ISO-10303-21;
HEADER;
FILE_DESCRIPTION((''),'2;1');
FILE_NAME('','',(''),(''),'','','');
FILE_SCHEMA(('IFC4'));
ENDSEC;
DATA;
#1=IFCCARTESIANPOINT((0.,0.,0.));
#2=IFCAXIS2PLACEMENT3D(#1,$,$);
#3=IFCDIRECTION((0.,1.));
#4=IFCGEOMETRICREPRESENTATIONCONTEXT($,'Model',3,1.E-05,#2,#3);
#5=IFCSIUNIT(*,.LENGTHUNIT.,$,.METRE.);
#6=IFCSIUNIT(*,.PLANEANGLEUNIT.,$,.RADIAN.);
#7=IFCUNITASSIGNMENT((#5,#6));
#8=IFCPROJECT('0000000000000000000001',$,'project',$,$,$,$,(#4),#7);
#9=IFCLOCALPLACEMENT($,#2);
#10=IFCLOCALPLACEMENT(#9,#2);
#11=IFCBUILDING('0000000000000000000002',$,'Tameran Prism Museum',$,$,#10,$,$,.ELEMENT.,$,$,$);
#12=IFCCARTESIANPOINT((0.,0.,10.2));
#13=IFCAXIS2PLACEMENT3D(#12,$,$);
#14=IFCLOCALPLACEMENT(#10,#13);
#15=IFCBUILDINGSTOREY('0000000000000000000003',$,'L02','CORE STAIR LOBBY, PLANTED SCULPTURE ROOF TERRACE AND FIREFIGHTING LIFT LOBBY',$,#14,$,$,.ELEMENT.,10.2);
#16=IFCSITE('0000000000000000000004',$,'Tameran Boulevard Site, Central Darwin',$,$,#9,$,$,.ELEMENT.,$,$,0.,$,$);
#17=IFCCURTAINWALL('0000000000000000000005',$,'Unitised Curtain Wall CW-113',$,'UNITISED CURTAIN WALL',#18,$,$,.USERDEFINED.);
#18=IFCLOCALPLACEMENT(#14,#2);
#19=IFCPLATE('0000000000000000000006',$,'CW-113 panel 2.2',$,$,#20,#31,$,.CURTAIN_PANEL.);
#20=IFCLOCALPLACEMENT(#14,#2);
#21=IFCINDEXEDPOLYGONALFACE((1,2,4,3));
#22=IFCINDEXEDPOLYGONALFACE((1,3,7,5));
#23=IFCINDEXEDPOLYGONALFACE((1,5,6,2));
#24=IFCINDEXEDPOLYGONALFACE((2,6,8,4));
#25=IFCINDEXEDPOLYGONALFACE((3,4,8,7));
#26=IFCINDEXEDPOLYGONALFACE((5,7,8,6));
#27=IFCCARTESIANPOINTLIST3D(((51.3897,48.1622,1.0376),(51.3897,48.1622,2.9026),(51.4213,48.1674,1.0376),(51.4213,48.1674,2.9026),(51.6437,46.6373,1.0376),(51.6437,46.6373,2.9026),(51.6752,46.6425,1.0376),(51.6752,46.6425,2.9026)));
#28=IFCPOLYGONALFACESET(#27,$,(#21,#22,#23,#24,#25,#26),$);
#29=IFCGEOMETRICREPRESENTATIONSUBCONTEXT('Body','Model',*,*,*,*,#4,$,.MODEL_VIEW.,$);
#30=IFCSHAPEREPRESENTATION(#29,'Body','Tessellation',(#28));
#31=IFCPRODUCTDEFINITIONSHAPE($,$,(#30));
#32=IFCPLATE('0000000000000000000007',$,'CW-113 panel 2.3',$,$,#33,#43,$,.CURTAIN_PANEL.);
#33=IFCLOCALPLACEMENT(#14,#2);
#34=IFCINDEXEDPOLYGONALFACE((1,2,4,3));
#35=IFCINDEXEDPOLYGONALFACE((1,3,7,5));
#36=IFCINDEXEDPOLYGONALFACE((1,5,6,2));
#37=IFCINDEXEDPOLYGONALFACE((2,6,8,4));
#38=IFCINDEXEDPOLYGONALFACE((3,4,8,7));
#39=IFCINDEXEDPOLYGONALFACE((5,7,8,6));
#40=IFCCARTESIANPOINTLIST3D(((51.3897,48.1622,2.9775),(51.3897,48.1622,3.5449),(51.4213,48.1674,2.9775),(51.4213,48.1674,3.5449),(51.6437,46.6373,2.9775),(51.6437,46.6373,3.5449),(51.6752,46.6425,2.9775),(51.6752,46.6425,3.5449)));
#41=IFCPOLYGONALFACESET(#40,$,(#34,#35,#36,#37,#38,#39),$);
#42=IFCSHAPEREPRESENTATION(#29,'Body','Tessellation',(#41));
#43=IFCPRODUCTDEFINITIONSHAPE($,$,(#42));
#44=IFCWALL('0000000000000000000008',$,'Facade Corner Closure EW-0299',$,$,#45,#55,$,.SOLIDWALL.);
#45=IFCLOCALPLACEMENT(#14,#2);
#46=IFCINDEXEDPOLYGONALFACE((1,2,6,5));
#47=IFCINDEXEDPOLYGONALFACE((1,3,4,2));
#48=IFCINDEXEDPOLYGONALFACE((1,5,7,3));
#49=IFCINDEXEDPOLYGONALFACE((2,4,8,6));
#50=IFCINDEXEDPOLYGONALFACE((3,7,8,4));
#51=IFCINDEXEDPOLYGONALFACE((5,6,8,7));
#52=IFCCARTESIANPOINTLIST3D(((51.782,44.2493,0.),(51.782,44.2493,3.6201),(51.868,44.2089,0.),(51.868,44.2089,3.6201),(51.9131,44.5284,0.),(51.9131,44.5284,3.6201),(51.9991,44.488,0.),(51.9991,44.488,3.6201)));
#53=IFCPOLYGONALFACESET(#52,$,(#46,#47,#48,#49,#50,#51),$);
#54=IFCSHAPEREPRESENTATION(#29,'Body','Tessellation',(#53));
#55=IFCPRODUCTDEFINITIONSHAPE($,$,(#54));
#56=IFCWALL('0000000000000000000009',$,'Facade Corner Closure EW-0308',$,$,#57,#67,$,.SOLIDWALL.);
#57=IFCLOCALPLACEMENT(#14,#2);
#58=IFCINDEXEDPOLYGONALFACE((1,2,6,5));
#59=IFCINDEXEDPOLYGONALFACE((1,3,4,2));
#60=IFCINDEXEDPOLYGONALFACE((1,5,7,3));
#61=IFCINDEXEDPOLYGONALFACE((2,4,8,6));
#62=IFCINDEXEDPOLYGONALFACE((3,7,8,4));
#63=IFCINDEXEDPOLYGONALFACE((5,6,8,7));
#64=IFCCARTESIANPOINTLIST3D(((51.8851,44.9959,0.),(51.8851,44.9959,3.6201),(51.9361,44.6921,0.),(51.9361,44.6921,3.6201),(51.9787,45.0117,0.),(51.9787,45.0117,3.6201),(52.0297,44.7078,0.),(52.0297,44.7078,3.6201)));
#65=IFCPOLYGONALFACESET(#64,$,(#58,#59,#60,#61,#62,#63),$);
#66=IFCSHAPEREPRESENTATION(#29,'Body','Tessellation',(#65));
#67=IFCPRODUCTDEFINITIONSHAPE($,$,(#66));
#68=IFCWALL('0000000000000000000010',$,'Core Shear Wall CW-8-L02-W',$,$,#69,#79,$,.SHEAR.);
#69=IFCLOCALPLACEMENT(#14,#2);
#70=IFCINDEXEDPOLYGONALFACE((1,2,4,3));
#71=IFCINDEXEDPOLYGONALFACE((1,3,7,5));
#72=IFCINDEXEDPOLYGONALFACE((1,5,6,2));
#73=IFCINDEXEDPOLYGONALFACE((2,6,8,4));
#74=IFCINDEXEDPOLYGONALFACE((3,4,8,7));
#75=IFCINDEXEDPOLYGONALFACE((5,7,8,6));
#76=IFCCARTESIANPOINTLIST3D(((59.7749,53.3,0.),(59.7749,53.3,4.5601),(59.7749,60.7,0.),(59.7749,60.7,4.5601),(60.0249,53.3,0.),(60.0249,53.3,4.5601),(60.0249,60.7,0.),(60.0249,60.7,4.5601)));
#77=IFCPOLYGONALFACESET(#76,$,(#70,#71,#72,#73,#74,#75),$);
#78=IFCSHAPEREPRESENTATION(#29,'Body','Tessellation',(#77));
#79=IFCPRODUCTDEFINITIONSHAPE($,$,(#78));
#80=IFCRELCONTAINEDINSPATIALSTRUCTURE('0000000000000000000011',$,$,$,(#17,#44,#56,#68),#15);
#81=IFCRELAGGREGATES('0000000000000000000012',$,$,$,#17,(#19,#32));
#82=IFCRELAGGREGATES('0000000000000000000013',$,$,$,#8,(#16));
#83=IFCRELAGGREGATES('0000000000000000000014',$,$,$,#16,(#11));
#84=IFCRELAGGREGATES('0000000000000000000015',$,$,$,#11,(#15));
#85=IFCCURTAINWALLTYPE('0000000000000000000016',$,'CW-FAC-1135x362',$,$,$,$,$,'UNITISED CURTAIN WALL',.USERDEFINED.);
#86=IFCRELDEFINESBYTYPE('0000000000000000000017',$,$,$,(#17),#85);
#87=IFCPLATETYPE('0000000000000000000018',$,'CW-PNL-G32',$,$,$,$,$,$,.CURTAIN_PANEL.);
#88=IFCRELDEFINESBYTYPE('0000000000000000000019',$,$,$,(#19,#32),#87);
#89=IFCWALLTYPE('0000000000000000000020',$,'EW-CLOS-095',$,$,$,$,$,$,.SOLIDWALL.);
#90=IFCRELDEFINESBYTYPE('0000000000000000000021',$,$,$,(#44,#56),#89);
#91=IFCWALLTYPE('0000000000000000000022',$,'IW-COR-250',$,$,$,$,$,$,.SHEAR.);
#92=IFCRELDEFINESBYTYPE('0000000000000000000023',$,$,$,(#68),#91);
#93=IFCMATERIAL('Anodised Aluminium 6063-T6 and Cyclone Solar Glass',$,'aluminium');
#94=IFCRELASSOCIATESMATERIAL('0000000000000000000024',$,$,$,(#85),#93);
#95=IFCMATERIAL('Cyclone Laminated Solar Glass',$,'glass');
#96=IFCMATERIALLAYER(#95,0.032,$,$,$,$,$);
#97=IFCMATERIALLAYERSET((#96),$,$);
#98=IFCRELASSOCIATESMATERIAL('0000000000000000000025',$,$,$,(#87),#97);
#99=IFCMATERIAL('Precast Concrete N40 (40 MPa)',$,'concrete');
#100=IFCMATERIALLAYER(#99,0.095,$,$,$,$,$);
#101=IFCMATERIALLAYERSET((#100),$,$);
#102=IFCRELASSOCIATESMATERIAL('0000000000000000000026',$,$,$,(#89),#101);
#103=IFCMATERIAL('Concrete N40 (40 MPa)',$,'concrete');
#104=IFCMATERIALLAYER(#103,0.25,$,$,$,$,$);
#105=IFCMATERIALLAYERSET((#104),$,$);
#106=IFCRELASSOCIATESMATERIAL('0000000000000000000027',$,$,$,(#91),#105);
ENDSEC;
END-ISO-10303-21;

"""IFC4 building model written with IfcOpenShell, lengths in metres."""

from ifc_helpers import new_model, si_unit, direction, frame, frame_2d, origin, origin_2d, place, context, subcontext, project, spatial, rectangle, extrude, material, layer, layer_set, type_object, element, aggregate, save


model = new_model("IFC4")

# Units and contexts
model_context = context("Model", 3, precision=1e-05, world=origin(), true_north=direction((0.0, 1.0)))
body_context = subcontext(model_context, "Body", "Model", "MODEL_VIEW")
ifc_project = project(units=[si_unit("LENGTHUNIT", "METRE"), si_unit("PLANEANGLEUNIT", "RADIAN")], contexts=[model_context])

# Site, building, storey
site_placement = place(None, origin())
site = spatial("IfcSite", under=ifc_project, at=site_placement, Name="Tameran Boulevard Site, Central Darwin", CompositionType="ELEMENT", RefElevation=0.0)
building_placement = place(site_placement, origin())
building = spatial("IfcBuilding", under=site, at=building_placement, Name="Tameran Prism Museum", CompositionType="ELEMENT")
storey_placement = place(building_placement, frame((0.0, 0.0, 10.2)))
storey = spatial("IfcBuildingStorey", under=building, at=storey_placement, Name="L02", Description="CORE STAIR LOBBY, PLANTED SCULPTURE ROOF TERRACE AND FIREFIGHTING LIFT LOBBY", CompositionType="ELEMENT", Elevation=10.2)

# Curtain wall
ifc_material_1 = material(Name="Anodised Aluminium 6063-T6 and Cyclone Solar Glass", Category="aluminium")
curtain_wall_type_1 = type_object("IfcCurtainWallType", Name="CW-FAC-1135x362", ElementType="UNITISED CURTAIN WALL", PredefinedType="USERDEFINED", material=ifc_material_1)
curtain_wall_1_placement = place(storey_placement, origin())
curtain_wall_1 = element("IfcCurtainWall", 1, at=curtain_wall_1_placement, inside=storey, type_object=curtain_wall_type_1, Name="Unitised Curtain Wall CW-113", ObjectType="UNITISED CURTAIN WALL", PredefinedType="USERDEFINED")

# Plates
ifc_material_2 = material(Name="Cyclone Laminated Solar Glass", Category="glass")
ifc_layer_1 = layer(ifc_material_2, 0.032)
ifc_layer_set_1 = layer_set([ifc_layer_1])
plate_type = type_object("IfcPlateType", Name="CW-PNL-G32", PredefinedType="CURTAIN_PANEL", material=ifc_layer_set_1)
plate_1_placement = place(storey_placement, frame((51.5325, 47.4023, 1.0376), z_axis=(0.0, 0.0, 1.0), x_axis=(-0.164285, 0.986413, 0.0)))
plate_1 = element("IfcPlate", 2, at=plate_1_placement, type_object=plate_type, Name="CW-113 panel 2.2", PredefinedType="CURTAIN_PANEL", context=body_context, shape_type="SweptSolid", body=[
    extrude(rectangle(XDim=1.5459, YDim=0.032, at=origin_2d()), origin(), (0.0, 0.0, 1.0), 1.865),
])
plate_2_placement = place(storey_placement, frame((51.5325, 47.4023, 2.9775), z_axis=(0.0, 0.0, 1.0), x_axis=(-0.164285, 0.986413, 0.0)))
plate_2 = element("IfcPlate", 3, at=plate_2_placement, type_object=plate_type, Name="CW-113 panel 2.3", PredefinedType="CURTAIN_PANEL", context=body_context, shape_type="SweptSolid", body=[
    extrude(rectangle(XDim=1.5459, YDim=0.032, at=origin_2d()), origin(), (0.0, 0.0, 1.0), 0.5674),
])
aggregate(curtain_wall_1, [plate_1, plate_2])

# Walls
ifc_material_3 = material(Name="Precast Concrete N40 (40 MPa)", Category="concrete")
ifc_layer_2 = layer(ifc_material_3, 0.095)
ifc_layer_set_2 = layer_set([ifc_layer_2])
wall_type_1 = type_object("IfcWallType", Name="EW-CLOS-095", PredefinedType="SOLIDWALL", material=ifc_layer_set_2)
wall_1_placement = place(storey_placement, frame((51.825, 44.229, 0.0), z_axis=(0.0, 0.0, 1.0), x_axis=(0.425225, 0.905088, 0.0)))
element("IfcWall", 4, at=wall_1_placement, inside=storey, type_object=wall_type_1, Name="Facade Corner Closure EW-0299", PredefinedType="SOLIDWALL", context=body_context, shape_type="SweptSolid", body=[
    extrude(rectangle(XDim=0.3083, YDim=0.095, at=frame_2d((0.1543, 0.0))), origin(), (0.0, 0.0, 1.0), 3.6201),
])
wall_2_placement = place(storey_placement, frame((51.9829, 44.7, 0.0), z_axis=(0.0, 0.0, 1.0), x_axis=(-0.165555, 0.986201, 0.0)))
element("IfcWall", 5, at=wall_2_placement, inside=storey, type_object=wall_type_1, Name="Facade Corner Closure EW-0308", PredefinedType="SOLIDWALL", context=body_context, shape_type="SweptSolid", body=[
    extrude(rectangle(XDim=0.3081, YDim=0.095, at=frame_2d((0.1541, 0.0))), origin(), (0.0, 0.0, 1.0), 3.6201),
])
ifc_material_4 = material(Name="Concrete N40 (40 MPa)", Category="concrete")
ifc_layer_3 = layer(ifc_material_4, 0.25)
ifc_layer_set_3 = layer_set([ifc_layer_3])
wall_type_2 = type_object("IfcWallType", Name="IW-COR-250", PredefinedType="SHEAR", material=ifc_layer_set_3)
wall_3_placement = place(storey_placement, frame((59.8999, 53.3, 0.0), z_axis=(0.0, 0.0, 1.0), x_axis=(0.0, 1.0, 0.0)))
element("IfcWall", 6, at=wall_3_placement, inside=storey, type_object=wall_type_2, Name="Core Shear Wall CW-8-L02-W", PredefinedType="SHEAR", context=body_context, shape_type="SweptSolid", body=[
    extrude(rectangle(XDim=7.3999, YDim=0.25, at=frame_2d((3.7, 0.0))), origin(), (0.0, 0.0, 1.0), 4.5601),
])

save(model, "model.ifc")
